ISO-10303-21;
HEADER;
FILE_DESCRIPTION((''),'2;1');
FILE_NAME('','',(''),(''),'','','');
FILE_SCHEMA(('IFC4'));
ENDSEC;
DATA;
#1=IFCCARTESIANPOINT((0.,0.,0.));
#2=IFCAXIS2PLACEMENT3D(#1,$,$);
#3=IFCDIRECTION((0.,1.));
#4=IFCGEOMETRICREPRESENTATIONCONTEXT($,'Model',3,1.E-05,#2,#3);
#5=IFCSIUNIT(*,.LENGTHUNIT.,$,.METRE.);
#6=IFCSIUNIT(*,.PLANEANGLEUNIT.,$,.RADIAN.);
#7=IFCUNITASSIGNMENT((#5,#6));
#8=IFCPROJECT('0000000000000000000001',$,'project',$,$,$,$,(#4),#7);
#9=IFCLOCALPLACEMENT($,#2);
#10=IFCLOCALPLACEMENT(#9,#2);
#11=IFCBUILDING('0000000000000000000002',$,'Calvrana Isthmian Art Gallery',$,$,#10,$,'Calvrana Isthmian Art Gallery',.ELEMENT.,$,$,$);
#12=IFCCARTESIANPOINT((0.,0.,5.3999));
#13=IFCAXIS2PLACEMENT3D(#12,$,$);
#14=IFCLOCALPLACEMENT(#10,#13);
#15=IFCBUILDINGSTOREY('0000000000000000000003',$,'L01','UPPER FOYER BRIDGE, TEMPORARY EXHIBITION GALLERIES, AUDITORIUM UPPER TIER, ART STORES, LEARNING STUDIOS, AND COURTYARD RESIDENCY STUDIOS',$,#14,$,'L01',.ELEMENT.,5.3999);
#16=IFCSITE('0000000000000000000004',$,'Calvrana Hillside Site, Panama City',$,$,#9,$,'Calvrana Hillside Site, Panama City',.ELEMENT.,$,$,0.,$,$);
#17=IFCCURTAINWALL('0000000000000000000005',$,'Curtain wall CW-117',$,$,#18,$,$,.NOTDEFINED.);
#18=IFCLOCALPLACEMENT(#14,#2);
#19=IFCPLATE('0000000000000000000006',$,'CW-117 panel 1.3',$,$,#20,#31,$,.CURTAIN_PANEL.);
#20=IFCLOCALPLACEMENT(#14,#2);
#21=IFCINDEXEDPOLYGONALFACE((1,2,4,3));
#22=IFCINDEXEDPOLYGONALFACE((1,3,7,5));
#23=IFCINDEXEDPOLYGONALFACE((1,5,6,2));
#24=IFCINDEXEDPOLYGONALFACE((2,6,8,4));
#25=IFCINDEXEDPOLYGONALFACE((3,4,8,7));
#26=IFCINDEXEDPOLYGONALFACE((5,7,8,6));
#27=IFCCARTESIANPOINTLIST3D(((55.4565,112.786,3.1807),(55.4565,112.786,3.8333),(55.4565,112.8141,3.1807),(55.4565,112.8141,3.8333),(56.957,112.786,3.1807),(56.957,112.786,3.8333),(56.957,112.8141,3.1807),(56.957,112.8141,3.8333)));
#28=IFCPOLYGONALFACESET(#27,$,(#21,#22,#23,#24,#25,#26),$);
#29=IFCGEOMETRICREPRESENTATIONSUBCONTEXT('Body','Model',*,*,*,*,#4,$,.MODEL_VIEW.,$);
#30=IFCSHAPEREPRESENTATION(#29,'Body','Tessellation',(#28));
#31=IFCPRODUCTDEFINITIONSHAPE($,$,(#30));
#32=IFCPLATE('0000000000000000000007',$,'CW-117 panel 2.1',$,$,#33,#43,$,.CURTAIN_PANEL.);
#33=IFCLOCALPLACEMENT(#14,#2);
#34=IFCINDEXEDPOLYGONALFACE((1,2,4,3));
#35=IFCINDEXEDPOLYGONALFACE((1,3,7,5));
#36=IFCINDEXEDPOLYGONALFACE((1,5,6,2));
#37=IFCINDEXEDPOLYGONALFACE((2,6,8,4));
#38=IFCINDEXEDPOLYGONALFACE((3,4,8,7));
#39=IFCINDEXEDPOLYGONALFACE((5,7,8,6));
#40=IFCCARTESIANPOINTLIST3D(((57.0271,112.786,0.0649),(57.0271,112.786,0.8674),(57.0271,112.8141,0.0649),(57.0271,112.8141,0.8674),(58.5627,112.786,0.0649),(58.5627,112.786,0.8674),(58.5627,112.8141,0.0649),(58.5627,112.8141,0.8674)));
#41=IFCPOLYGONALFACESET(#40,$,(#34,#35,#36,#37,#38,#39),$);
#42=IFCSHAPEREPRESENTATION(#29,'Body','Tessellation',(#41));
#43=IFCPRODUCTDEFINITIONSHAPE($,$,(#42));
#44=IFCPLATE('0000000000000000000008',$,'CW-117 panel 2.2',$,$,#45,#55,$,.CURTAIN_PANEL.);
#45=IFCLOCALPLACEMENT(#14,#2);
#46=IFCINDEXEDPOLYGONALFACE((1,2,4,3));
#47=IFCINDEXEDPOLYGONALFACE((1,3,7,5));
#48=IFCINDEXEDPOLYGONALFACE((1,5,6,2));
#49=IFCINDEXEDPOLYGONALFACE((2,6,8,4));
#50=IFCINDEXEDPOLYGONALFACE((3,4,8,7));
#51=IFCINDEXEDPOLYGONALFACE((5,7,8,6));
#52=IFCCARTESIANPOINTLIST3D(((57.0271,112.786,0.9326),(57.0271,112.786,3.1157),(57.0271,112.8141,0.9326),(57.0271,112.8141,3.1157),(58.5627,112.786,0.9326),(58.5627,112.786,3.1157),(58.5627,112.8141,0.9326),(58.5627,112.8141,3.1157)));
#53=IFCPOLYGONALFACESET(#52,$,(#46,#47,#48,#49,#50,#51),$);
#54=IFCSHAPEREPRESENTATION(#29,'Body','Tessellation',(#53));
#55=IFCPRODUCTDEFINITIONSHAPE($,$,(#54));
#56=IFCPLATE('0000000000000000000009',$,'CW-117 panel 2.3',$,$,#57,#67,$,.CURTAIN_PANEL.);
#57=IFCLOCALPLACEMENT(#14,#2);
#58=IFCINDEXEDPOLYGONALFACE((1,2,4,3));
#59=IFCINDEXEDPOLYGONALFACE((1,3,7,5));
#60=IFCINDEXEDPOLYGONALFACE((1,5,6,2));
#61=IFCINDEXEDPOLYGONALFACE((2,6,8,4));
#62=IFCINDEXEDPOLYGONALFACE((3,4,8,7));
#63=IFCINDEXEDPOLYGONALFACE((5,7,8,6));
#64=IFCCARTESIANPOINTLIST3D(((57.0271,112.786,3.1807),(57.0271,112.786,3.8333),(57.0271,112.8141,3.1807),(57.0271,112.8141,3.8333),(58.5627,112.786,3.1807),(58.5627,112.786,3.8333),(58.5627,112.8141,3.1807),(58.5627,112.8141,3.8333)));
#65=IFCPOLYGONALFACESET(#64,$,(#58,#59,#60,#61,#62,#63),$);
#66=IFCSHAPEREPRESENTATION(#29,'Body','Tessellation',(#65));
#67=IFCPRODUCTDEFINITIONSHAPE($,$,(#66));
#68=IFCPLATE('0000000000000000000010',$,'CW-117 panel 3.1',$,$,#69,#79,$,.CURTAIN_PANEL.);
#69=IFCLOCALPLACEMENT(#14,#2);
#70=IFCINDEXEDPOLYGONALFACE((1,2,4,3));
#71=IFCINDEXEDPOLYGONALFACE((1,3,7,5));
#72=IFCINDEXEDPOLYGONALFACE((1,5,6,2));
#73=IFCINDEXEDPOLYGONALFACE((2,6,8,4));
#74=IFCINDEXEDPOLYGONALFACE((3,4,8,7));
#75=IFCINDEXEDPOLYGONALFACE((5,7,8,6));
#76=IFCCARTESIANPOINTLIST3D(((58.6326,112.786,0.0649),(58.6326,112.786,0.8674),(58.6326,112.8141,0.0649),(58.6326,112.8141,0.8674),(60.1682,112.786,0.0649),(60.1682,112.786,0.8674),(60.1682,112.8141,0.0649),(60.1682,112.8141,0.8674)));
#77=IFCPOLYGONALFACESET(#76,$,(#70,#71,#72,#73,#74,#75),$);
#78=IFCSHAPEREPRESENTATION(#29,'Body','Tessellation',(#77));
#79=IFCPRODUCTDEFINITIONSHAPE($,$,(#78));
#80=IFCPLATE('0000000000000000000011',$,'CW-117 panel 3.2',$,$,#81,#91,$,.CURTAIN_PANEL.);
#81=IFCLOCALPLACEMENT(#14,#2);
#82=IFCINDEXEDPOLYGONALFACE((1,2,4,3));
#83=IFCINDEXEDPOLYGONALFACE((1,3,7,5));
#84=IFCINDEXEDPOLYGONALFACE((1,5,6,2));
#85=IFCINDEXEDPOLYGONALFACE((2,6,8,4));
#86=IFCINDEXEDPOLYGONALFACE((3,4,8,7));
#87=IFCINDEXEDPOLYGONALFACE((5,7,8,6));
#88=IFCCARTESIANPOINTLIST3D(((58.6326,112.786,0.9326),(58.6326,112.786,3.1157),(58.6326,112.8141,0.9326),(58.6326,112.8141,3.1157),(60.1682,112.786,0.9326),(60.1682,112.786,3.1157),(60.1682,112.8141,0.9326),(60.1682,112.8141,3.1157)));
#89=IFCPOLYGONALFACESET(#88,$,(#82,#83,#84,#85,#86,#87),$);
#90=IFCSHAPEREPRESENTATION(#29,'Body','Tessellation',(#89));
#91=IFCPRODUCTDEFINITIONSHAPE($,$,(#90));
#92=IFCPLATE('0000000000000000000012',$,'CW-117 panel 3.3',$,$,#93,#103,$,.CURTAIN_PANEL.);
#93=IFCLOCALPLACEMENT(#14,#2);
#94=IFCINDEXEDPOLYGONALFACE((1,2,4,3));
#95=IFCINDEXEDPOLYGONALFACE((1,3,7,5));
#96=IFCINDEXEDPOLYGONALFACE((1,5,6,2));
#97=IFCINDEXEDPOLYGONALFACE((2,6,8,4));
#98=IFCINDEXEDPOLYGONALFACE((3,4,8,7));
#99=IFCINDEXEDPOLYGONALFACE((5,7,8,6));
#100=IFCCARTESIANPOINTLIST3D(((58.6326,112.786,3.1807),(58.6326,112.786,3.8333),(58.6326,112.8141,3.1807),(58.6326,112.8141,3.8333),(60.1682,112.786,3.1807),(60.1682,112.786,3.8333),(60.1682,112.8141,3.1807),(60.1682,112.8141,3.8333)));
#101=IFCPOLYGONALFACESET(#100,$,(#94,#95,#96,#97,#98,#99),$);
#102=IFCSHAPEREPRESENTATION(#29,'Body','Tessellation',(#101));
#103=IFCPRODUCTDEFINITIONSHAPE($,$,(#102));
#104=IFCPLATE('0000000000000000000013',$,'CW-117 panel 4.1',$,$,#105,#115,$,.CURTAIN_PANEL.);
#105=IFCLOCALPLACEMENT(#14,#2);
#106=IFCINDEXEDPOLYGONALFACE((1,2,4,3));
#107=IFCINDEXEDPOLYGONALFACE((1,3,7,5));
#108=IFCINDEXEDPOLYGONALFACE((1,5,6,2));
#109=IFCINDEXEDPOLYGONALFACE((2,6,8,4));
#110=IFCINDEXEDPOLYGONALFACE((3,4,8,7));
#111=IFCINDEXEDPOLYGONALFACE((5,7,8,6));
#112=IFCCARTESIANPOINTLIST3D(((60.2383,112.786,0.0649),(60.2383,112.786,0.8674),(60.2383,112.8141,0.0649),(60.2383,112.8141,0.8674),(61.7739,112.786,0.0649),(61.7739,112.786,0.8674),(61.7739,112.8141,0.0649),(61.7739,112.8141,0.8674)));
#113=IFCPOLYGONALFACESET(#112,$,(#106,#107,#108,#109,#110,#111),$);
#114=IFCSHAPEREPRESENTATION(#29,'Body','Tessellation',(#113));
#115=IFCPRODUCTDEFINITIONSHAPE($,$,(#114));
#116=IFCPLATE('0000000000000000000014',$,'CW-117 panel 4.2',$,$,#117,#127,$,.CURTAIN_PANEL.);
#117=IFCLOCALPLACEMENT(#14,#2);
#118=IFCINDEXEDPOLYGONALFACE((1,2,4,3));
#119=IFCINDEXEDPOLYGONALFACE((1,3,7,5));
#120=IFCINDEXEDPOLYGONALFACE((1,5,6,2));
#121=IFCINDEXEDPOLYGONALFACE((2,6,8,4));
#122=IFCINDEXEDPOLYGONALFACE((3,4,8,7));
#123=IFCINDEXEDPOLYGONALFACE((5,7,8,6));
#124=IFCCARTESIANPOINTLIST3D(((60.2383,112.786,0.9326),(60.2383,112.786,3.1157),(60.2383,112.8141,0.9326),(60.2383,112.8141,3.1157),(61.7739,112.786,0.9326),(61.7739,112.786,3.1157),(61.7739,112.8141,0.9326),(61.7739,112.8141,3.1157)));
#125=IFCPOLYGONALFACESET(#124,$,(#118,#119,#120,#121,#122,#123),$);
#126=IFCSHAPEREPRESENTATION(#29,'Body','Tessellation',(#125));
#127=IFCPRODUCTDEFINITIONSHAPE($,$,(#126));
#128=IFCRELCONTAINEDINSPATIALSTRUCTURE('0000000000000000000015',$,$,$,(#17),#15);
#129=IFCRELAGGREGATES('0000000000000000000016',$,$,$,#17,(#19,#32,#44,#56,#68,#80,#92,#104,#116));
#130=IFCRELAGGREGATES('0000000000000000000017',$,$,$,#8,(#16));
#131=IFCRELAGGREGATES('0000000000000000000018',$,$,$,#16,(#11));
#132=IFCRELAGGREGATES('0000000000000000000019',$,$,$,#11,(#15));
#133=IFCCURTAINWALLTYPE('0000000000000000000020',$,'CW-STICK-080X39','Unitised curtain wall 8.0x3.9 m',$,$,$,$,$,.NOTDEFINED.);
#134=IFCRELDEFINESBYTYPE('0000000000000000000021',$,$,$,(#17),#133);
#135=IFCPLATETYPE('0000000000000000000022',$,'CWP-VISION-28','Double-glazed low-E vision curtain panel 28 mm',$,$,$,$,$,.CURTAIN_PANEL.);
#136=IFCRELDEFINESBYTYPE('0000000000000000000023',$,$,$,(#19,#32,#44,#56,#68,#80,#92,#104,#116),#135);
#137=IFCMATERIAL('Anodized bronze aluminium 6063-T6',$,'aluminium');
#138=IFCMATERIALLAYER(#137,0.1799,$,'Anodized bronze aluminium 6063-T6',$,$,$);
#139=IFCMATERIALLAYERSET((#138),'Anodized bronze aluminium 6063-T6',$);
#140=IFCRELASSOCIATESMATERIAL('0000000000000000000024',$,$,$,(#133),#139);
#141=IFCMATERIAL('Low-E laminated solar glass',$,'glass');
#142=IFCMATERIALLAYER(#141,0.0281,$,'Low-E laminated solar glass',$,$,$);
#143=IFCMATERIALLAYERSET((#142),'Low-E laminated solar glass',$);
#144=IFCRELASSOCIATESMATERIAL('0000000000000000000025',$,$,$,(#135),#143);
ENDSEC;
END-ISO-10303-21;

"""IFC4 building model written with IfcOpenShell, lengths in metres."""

from ifc_helpers import new_model, si_unit, direction, frame, origin, origin_2d, place, context, subcontext, project, spatial, rectangle, extrude, material, layer, layer_set, type_object, element, aggregate, save


model = new_model("IFC4")

# Units and contexts
model_context = context("Model", 3, precision=1e-05, world=origin(), true_north=direction((0.0, 1.0)))
body_context = subcontext(model_context, "Body", "Model", "MODEL_VIEW")
ifc_project = project(units=[si_unit("LENGTHUNIT", "METRE"), si_unit("PLANEANGLEUNIT", "RADIAN")], contexts=[model_context])

# Site, building, storey
site_placement = place(None, origin())
site = spatial("IfcSite", under=ifc_project, at=site_placement, Name="Calvrana Hillside Site, Panama City", LongName="Calvrana Hillside Site, Panama City", CompositionType="ELEMENT", RefElevation=0.0)
building_placement = place(site_placement, origin())
building = spatial("IfcBuilding", under=site, at=building_placement, Name="Calvrana Isthmian Art Gallery", LongName="Calvrana Isthmian Art Gallery", CompositionType="ELEMENT")
storey_placement = place(building_placement, frame((0.0, 0.0, 5.3999)))
storey = spatial("IfcBuildingStorey", under=building, at=storey_placement, Name="L01", Description="UPPER FOYER BRIDGE, TEMPORARY EXHIBITION GALLERIES, AUDITORIUM UPPER TIER, ART STORES, LEARNING STUDIOS, AND COURTYARD RESIDENCY STUDIOS", LongName="L01", CompositionType="ELEMENT", Elevation=5.3999)

# Curtain wall, plates
ifc_material_1 = material(Name="Anodized bronze aluminium 6063-T6", Category="aluminium")
ifc_layer_1 = layer(ifc_material_1, 0.1799, Name="Anodized bronze aluminium 6063-T6")
ifc_layer_set_1 = layer_set([ifc_layer_1], Name="Anodized bronze aluminium 6063-T6")
curtain_wall_type = type_object("IfcCurtainWallType", Name="CW-STICK-080X39", Description="Unitised curtain wall 8.0x3.9 m", PredefinedType="NOTDEFINED", material=ifc_layer_set_1)
curtain_wall_placement = place(storey_placement, origin())
curtain_wall = element("IfcCurtainWall", 1, at=curtain_wall_placement, inside=storey, type_object=curtain_wall_type, Name="Curtain wall CW-117", PredefinedType="NOTDEFINED")
ifc_material_2 = material(Name="Low-E laminated solar glass", Category="glass")
ifc_layer_2 = layer(ifc_material_2, 0.0281, Name="Low-E laminated solar glass")
ifc_layer_set_2 = layer_set([ifc_layer_2], Name="Low-E laminated solar glass")
plate_type = type_object("IfcPlateType", Name="CWP-VISION-28", Description="Double-glazed low-E vision curtain panel 28 mm", PredefinedType="CURTAIN_PANEL", material=ifc_layer_set_2)
plate_1_placement = place(storey_placement, frame((56.2068, 112.8, 3.1807), z_axis=(0.0, 0.0, 1.0), x_axis=(1.0, 0.0, 0.0)))
plate_1 = element("IfcPlate", 2, at=plate_1_placement, type_object=plate_type, Name="CW-117 panel 1.3", PredefinedType="CURTAIN_PANEL", context=body_context, shape_type="SweptSolid", body=[
    extrude(rectangle(XDim=1.5005, YDim=0.0281, at=origin_2d()), origin(), (0.0, 0.0, 1.0), 0.6526),
])
plate_2_placement = place(storey_placement, frame((57.7949, 112.8, 0.0649), z_axis=(0.0, 0.0, 1.0), x_axis=(1.0, 0.0, 0.0)))
plate_2 = element("IfcPlate", 3, at=plate_2_placement, type_object=plate_type, Name="CW-117 panel 2.1", PredefinedType="CURTAIN_PANEL", context=body_context, shape_type="SweptSolid", body=[
    extrude(rectangle(XDim=1.5356, YDim=0.0281, at=origin_2d()), origin(), (0.0, 0.0, 1.0), 0.8025),
])
plate_3_placement = place(storey_placement, frame((57.7949, 112.8, 0.9326), z_axis=(0.0, 0.0, 1.0), x_axis=(1.0, 0.0, 0.0)))
plate_3 = element("IfcPlate", 4, at=plate_3_placement, type_object=plate_type, Name="CW-117 panel 2.2", PredefinedType="CURTAIN_PANEL", context=body_context, shape_type="SweptSolid", body=[
    extrude(rectangle(XDim=1.5356, YDim=0.0281, at=origin_2d()), origin(), (0.0, 0.0, 1.0), 2.1831),
])
plate_4_placement = place(storey_placement, frame((57.7949, 112.8, 3.1807), z_axis=(0.0, 0.0, 1.0), x_axis=(1.0, 0.0, 0.0)))
plate_4 = element("IfcPlate", 5, at=plate_4_placement, type_object=plate_type, Name="CW-117 panel 2.3", PredefinedType="CURTAIN_PANEL", context=body_context, shape_type="SweptSolid", body=[
    extrude(rectangle(XDim=1.5356, YDim=0.0281, at=origin_2d()), origin(), (0.0, 0.0, 1.0), 0.6526),
])
plate_5_placement = place(storey_placement, frame((59.4004, 112.8, 0.0649), z_axis=(0.0, 0.0, 1.0), x_axis=(1.0, 0.0, 0.0)))
plate_5 = element("IfcPlate", 6, at=plate_5_placement, type_object=plate_type, Name="CW-117 panel 3.1", PredefinedType="CURTAIN_PANEL", context=body_context, shape_type="SweptSolid", body=[
    extrude(rectangle(XDim=1.5356, YDim=0.0281, at=origin_2d()), origin(), (0.0, 0.0, 1.0), 0.8025),
])
plate_6_placement = place(storey_placement, frame((59.4004, 112.8, 0.9326), z_axis=(0.0, 0.0, 1.0), x_axis=(1.0, 0.0, 0.0)))
plate_6 = element("IfcPlate", 7, at=plate_6_placement, type_object=plate_type, Name="CW-117 panel 3.2", PredefinedType="CURTAIN_PANEL", context=body_context, shape_type="SweptSolid", body=[
    extrude(rectangle(XDim=1.5356, YDim=0.0281, at=origin_2d()), origin(), (0.0, 0.0, 1.0), 2.1831),
])
plate_7_placement = place(storey_placement, frame((59.4004, 112.8, 3.1807), z_axis=(0.0, 0.0, 1.0), x_axis=(1.0, 0.0, 0.0)))
plate_7 = element("IfcPlate", 8, at=plate_7_placement, type_object=plate_type, Name="CW-117 panel 3.3", PredefinedType="CURTAIN_PANEL", context=body_context, shape_type="SweptSolid", body=[
    extrude(rectangle(XDim=1.5356, YDim=0.0281, at=origin_2d()), origin(), (0.0, 0.0, 1.0), 0.6526),
])
plate_8_placement = place(storey_placement, frame((61.0061, 112.8, 0.0649), z_axis=(0.0, 0.0, 1.0), x_axis=(1.0, 0.0, 0.0)))
plate_8 = element("IfcPlate", 9, at=plate_8_placement, type_object=plate_type, Name="CW-117 panel 4.1", PredefinedType="CURTAIN_PANEL", context=body_context, shape_type="SweptSolid", body=[
    extrude(rectangle(XDim=1.5356, YDim=0.0281, at=origin_2d()), origin(), (0.0, 0.0, 1.0), 0.8025),
])
plate_9_placement = place(storey_placement, frame((61.0061, 112.8, 0.9326), z_axis=(0.0, 0.0, 1.0), x_axis=(1.0, 0.0, 0.0)))
plate_9 = element("IfcPlate", 10, at=plate_9_placement, type_object=plate_type, Name="CW-117 panel 4.2", PredefinedType="CURTAIN_PANEL", context=body_context, shape_type="SweptSolid", body=[
    extrude(rectangle(XDim=1.5356, YDim=0.0281, at=origin_2d()), origin(), (0.0, 0.0, 1.0), 2.1831),
])
aggregate(curtain_wall, [plate_1, plate_2, plate_3, plate_4, plate_5, plate_6, plate_7, plate_8, plate_9])

save(model, "model.ifc")
